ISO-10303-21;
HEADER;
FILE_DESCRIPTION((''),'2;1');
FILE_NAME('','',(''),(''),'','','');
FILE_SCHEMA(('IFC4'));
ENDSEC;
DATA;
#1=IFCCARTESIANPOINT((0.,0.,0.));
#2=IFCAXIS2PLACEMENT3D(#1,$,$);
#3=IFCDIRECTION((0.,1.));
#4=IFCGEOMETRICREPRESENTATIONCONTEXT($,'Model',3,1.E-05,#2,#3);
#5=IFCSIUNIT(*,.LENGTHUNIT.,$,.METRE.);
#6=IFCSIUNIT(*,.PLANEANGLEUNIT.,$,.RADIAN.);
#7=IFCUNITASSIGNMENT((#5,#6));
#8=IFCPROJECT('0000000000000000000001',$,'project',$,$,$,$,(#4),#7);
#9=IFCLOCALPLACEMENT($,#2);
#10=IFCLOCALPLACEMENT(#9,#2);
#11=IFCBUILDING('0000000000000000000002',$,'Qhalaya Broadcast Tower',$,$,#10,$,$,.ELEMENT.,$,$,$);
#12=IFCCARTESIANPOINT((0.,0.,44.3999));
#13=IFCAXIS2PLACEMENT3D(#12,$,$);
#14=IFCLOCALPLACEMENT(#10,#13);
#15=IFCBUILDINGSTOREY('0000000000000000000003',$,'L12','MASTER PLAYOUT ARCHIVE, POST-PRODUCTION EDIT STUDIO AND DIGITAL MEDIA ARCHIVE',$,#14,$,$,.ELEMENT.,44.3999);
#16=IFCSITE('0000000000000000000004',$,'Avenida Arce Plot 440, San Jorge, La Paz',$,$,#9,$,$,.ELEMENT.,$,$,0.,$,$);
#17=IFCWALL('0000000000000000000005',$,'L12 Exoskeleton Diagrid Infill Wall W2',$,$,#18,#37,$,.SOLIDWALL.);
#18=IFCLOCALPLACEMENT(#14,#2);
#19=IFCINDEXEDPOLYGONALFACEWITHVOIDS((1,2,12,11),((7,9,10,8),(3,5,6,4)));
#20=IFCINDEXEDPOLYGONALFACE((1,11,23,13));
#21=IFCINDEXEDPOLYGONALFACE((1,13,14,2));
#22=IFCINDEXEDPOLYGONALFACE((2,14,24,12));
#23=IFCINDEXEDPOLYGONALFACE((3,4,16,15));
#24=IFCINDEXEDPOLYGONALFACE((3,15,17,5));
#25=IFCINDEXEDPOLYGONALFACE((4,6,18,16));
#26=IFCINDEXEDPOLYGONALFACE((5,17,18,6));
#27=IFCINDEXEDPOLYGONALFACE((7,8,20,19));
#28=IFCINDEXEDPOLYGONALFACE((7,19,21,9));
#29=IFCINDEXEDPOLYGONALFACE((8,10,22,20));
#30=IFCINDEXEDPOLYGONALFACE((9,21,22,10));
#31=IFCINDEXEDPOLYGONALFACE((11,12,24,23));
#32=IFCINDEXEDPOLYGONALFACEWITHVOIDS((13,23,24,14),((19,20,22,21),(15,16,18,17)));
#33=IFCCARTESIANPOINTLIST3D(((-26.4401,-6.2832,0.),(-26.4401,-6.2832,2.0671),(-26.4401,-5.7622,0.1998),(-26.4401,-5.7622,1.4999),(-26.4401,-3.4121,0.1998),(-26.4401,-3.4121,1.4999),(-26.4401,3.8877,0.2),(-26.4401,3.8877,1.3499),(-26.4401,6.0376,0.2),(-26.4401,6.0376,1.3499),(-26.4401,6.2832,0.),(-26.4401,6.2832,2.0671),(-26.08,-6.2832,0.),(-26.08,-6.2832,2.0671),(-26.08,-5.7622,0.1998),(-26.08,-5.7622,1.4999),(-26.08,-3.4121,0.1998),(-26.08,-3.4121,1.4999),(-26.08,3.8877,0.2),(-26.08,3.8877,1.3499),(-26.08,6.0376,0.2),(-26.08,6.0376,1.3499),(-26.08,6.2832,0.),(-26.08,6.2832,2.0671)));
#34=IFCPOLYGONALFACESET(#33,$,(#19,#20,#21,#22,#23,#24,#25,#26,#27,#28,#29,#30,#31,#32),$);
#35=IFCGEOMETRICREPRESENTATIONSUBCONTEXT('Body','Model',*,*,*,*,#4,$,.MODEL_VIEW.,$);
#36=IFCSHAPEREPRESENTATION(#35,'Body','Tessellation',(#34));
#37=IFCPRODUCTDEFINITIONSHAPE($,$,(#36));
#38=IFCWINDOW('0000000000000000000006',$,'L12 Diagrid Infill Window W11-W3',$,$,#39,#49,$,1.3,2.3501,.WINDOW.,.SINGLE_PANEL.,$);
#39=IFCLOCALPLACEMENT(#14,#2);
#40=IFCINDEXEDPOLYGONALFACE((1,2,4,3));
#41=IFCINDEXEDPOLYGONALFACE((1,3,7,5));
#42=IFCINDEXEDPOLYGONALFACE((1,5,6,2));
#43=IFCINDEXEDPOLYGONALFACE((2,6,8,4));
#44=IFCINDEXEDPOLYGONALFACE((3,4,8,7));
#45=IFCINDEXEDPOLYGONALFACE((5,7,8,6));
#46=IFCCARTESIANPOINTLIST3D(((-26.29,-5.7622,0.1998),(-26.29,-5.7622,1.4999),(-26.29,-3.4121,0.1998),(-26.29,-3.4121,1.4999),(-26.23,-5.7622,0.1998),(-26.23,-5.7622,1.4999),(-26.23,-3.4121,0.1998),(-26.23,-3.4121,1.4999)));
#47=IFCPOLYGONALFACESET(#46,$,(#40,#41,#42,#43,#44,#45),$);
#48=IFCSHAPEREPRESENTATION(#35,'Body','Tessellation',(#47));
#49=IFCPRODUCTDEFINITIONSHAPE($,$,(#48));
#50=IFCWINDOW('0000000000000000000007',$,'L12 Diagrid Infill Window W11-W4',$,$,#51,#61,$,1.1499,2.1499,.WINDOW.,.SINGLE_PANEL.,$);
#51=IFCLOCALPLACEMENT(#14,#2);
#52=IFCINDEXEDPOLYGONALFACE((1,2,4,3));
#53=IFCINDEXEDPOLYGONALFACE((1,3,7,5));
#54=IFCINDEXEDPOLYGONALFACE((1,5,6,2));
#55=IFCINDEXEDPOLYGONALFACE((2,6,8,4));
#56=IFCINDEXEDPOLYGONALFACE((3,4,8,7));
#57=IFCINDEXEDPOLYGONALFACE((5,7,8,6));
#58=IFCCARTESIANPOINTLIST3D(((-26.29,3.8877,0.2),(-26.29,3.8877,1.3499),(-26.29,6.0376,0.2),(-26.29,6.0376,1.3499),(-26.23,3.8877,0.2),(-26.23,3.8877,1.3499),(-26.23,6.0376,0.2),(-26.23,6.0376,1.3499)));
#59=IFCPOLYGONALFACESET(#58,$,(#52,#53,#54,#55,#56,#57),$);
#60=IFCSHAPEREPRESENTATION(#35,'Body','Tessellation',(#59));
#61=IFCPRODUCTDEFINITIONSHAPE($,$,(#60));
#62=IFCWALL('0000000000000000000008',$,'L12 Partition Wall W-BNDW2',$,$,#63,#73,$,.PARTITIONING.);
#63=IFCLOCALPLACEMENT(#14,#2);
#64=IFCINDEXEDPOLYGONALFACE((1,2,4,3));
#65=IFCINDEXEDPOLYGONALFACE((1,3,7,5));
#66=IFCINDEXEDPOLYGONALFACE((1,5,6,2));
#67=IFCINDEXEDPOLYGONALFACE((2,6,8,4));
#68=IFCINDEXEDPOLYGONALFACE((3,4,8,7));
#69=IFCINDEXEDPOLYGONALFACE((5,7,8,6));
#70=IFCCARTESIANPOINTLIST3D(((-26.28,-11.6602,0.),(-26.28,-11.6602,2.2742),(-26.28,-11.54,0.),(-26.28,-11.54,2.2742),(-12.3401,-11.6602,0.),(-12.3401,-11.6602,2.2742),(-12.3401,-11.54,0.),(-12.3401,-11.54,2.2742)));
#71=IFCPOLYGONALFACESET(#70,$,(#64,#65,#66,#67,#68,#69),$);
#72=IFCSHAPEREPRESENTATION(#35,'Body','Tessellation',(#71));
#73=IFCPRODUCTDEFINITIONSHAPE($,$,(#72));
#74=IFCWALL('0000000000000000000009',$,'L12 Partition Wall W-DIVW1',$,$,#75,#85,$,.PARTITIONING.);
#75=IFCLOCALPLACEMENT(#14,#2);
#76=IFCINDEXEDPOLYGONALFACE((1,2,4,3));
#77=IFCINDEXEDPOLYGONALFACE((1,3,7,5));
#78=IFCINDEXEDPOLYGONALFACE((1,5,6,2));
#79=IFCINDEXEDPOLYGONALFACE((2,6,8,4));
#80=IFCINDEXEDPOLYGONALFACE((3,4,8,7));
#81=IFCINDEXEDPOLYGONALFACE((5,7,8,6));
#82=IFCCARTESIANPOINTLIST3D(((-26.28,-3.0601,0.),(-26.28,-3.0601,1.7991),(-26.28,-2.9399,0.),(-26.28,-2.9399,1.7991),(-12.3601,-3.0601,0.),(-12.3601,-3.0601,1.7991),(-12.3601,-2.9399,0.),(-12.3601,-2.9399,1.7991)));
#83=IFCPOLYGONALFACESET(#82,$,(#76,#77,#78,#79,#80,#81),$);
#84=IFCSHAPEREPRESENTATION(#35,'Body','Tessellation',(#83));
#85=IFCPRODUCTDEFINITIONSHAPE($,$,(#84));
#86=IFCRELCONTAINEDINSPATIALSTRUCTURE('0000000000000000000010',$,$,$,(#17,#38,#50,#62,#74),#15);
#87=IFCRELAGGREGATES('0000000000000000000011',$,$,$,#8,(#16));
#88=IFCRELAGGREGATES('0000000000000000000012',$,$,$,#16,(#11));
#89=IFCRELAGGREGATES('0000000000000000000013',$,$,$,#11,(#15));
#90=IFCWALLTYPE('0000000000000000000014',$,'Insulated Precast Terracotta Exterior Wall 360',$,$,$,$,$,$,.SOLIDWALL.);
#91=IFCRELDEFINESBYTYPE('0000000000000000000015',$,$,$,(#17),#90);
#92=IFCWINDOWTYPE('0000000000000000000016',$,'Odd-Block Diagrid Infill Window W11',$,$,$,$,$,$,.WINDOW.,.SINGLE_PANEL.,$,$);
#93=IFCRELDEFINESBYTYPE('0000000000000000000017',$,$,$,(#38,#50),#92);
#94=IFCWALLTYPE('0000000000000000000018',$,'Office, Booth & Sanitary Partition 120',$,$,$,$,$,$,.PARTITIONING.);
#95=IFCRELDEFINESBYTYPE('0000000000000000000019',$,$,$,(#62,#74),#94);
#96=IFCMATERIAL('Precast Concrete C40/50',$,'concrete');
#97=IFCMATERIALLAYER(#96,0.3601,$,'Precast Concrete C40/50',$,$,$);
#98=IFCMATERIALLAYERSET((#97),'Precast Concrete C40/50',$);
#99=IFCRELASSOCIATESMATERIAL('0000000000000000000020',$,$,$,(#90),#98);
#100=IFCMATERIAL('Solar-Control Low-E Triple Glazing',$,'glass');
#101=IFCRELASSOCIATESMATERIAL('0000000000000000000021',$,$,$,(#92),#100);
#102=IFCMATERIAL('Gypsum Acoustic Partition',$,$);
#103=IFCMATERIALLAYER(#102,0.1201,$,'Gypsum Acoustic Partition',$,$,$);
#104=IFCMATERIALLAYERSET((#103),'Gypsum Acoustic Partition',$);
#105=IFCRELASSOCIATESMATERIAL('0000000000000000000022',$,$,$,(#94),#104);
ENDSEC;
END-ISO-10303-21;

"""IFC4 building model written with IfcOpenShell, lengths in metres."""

from ifc_helpers import new_model, si_unit, direction, frame, frame_2d, origin, place, context, subcontext, project, spatial, rectangle, extrude, material, layer, layer_set, type_object, element, fill, save


model = new_model("IFC4")

# Units and contexts
model_context = context("Model", 3, precision=1e-05, world=origin(), true_north=direction((0.0, 1.0)))
body_context = subcontext(model_context, "Body", "Model", "MODEL_VIEW")
ifc_project = project(units=[si_unit("LENGTHUNIT", "METRE"), si_unit("PLANEANGLEUNIT", "RADIAN")], contexts=[model_context])

# Site, building, storey
site_placement = place(None, origin())
site = spatial("IfcSite", under=ifc_project, at=site_placement, Name="Avenida Arce Plot 440, San Jorge, La Paz", CompositionType="ELEMENT", RefElevation=0.0)
building_placement = place(site_placement, origin())
building = spatial("IfcBuilding", under=site, at=building_placement, Name="Qhalaya Broadcast Tower", CompositionType="ELEMENT")
storey_placement = place(building_placement, frame((0.0, 0.0, 44.3999)))
storey = spatial("IfcBuildingStorey", under=building, at=storey_placement, Name="L12", Description="MASTER PLAYOUT ARCHIVE, POST-PRODUCTION EDIT STUDIO AND DIGITAL MEDIA ARCHIVE", CompositionType="ELEMENT", Elevation=44.3999)

# Wall, openings, windows
ifc_material_1 = material(Name="Precast Concrete C40/50", Category="concrete")
ifc_layer_1 = layer(ifc_material_1, 0.3601, Name="Precast Concrete C40/50")
ifc_layer_set_1 = layer_set([ifc_layer_1], Name="Precast Concrete C40/50")
wall_type_1 = type_object("IfcWallType", Name="Insulated Precast Terracotta Exterior Wall 360", PredefinedType="SOLIDWALL", material=ifc_layer_set_1)
wall_1_placement = place(storey_placement, frame((-26.26, -6.2832, 0.0), z_axis=(0.0, 0.0, 1.0), x_axis=(0.0, 1.0, 0.0)))
wall_1 = element("IfcWall", 1, at=wall_1_placement, inside=storey, type_object=wall_type_1, Name="L12 Exoskeleton Diagrid Infill Wall W2", PredefinedType="SOLIDWALL", context=body_context, shape_type="SweptSolid", body=[
    extrude(rectangle(XDim=12.5664, YDim=0.3601, at=frame_2d((6.2832, 0.0))), origin(), (0.0, 0.0, 1.0), 2.0671),
])
opening_1_placement = place(wall_1_placement, frame((0.521, 0.0, 0.2)))
opening_1 = element("IfcOpeningElement", 2, at=opening_1_placement, cuts=wall_1, PredefinedType="OPENING", context=body_context, shape_type="SweptSolid", body=[
    extrude(rectangle(XDim=2.3501, YDim=1.3, at=frame_2d((1.175, 0.6499))), frame((0.0, 0.1921, 0.0), z_axis=(0.0, -1.0, 0.0), x_axis=(1.0, 0.0, 0.0)), (0.0, 0.0, 1.0), 0.384),
])
opening_2_placement = place(wall_1_placement, frame((10.1709, 0.0, 0.2)))
opening_2 = element("IfcOpeningElement", 3, at=opening_2_placement, cuts=wall_1, PredefinedType="OPENING", context=body_context, shape_type="SweptSolid", body=[
    extrude(rectangle(XDim=2.1499, YDim=1.1499, at=frame_2d((1.075, 0.575))), frame((0.0, 0.1921, 0.0), z_axis=(0.0, -1.0, 0.0), x_axis=(1.0, 0.0, 0.0)), (0.0, 0.0, 1.0), 0.384),
])
ifc_material_2 = material(Name="Solar-Control Low-E Triple Glazing", Category="glass")
window_type = type_object("IfcWindowType", Name="Odd-Block Diagrid Infill Window W11", PartitioningType="SINGLE_PANEL", PredefinedType="WINDOW", material=ifc_material_2)
window_1_placement = place(opening_1_placement, origin())
window_1 = element("IfcWindow", 4, at=window_1_placement, inside=storey, type_object=window_type, Name="L12 Diagrid Infill Window W11-W3", OverallHeight=1.3, OverallWidth=2.3501, PartitioningType="SINGLE_PANEL", PredefinedType="WINDOW", context=body_context, shape_type="SweptSolid", body=[
    extrude(rectangle(XDim=2.3501, YDim=1.3, at=frame_2d((1.175, 0.6499))), frame((0.0, 0.03, 0.0), z_axis=(0.0, -1.0, 0.0), x_axis=(1.0, 0.0, 0.0)), (0.0, 0.0, 1.0), 0.0601),
])
fill(opening_1, window_1)
window_2_placement = place(opening_2_placement, origin())
window_2 = element("IfcWindow", 5, at=window_2_placement, inside=storey, type_object=window_type, Name="L12 Diagrid Infill Window W11-W4", OverallHeight=1.1499, OverallWidth=2.1499, PartitioningType="SINGLE_PANEL", PredefinedType="WINDOW", context=body_context, shape_type="SweptSolid", body=[
    extrude(rectangle(XDim=2.1499, YDim=1.1499, at=frame_2d((1.075, 0.575))), frame((0.0, 0.03, 0.0), z_axis=(0.0, -1.0, 0.0), x_axis=(1.0, 0.0, 0.0)), (0.0, 0.0, 1.0), 0.0601),
])
fill(opening_2, window_2)

# Walls
ifc_material_3 = material(Name="Gypsum Acoustic Partition")
ifc_layer_2 = layer(ifc_material_3, 0.1201, Name="Gypsum Acoustic Partition")
ifc_layer_set_2 = layer_set([ifc_layer_2], Name="Gypsum Acoustic Partition")
wall_type_2 = type_object("IfcWallType", Name="Office, Booth & Sanitary Partition 120", PredefinedType="PARTITIONING", material=ifc_layer_set_2)
wall_2_placement = place(storey_placement, frame((-26.28, -11.6001, 0.0), z_axis=(0.0, 0.0, 1.0), x_axis=(1.0, 0.0, 0.0)))
element("IfcWall", 6, at=wall_2_placement, inside=storey, type_object=wall_type_2, Name="L12 Partition Wall W-BNDW2", PredefinedType="PARTITIONING", context=body_context, shape_type="SweptSolid", body=[
    extrude(rectangle(XDim=13.9399, YDim=0.1201, at=frame_2d((6.97, 0.0))), origin(), (0.0, 0.0, 1.0), 2.2742),
])
wall_3_placement = place(storey_placement, frame((-26.28, -3.0, 0.0), z_axis=(0.0, 0.0, 1.0), x_axis=(1.0, 0.0, 0.0)))
element("IfcWall", 7, at=wall_3_placement, inside=storey, type_object=wall_type_2, Name="L12 Partition Wall W-DIVW1", PredefinedType="PARTITIONING", context=body_context, shape_type="SweptSolid", body=[
    extrude(rectangle(XDim=13.9199, YDim=0.1201, at=frame_2d((6.96, 0.0))), origin(), (0.0, 0.0, 1.0), 1.7991),
])

save(model, "model.ifc")
